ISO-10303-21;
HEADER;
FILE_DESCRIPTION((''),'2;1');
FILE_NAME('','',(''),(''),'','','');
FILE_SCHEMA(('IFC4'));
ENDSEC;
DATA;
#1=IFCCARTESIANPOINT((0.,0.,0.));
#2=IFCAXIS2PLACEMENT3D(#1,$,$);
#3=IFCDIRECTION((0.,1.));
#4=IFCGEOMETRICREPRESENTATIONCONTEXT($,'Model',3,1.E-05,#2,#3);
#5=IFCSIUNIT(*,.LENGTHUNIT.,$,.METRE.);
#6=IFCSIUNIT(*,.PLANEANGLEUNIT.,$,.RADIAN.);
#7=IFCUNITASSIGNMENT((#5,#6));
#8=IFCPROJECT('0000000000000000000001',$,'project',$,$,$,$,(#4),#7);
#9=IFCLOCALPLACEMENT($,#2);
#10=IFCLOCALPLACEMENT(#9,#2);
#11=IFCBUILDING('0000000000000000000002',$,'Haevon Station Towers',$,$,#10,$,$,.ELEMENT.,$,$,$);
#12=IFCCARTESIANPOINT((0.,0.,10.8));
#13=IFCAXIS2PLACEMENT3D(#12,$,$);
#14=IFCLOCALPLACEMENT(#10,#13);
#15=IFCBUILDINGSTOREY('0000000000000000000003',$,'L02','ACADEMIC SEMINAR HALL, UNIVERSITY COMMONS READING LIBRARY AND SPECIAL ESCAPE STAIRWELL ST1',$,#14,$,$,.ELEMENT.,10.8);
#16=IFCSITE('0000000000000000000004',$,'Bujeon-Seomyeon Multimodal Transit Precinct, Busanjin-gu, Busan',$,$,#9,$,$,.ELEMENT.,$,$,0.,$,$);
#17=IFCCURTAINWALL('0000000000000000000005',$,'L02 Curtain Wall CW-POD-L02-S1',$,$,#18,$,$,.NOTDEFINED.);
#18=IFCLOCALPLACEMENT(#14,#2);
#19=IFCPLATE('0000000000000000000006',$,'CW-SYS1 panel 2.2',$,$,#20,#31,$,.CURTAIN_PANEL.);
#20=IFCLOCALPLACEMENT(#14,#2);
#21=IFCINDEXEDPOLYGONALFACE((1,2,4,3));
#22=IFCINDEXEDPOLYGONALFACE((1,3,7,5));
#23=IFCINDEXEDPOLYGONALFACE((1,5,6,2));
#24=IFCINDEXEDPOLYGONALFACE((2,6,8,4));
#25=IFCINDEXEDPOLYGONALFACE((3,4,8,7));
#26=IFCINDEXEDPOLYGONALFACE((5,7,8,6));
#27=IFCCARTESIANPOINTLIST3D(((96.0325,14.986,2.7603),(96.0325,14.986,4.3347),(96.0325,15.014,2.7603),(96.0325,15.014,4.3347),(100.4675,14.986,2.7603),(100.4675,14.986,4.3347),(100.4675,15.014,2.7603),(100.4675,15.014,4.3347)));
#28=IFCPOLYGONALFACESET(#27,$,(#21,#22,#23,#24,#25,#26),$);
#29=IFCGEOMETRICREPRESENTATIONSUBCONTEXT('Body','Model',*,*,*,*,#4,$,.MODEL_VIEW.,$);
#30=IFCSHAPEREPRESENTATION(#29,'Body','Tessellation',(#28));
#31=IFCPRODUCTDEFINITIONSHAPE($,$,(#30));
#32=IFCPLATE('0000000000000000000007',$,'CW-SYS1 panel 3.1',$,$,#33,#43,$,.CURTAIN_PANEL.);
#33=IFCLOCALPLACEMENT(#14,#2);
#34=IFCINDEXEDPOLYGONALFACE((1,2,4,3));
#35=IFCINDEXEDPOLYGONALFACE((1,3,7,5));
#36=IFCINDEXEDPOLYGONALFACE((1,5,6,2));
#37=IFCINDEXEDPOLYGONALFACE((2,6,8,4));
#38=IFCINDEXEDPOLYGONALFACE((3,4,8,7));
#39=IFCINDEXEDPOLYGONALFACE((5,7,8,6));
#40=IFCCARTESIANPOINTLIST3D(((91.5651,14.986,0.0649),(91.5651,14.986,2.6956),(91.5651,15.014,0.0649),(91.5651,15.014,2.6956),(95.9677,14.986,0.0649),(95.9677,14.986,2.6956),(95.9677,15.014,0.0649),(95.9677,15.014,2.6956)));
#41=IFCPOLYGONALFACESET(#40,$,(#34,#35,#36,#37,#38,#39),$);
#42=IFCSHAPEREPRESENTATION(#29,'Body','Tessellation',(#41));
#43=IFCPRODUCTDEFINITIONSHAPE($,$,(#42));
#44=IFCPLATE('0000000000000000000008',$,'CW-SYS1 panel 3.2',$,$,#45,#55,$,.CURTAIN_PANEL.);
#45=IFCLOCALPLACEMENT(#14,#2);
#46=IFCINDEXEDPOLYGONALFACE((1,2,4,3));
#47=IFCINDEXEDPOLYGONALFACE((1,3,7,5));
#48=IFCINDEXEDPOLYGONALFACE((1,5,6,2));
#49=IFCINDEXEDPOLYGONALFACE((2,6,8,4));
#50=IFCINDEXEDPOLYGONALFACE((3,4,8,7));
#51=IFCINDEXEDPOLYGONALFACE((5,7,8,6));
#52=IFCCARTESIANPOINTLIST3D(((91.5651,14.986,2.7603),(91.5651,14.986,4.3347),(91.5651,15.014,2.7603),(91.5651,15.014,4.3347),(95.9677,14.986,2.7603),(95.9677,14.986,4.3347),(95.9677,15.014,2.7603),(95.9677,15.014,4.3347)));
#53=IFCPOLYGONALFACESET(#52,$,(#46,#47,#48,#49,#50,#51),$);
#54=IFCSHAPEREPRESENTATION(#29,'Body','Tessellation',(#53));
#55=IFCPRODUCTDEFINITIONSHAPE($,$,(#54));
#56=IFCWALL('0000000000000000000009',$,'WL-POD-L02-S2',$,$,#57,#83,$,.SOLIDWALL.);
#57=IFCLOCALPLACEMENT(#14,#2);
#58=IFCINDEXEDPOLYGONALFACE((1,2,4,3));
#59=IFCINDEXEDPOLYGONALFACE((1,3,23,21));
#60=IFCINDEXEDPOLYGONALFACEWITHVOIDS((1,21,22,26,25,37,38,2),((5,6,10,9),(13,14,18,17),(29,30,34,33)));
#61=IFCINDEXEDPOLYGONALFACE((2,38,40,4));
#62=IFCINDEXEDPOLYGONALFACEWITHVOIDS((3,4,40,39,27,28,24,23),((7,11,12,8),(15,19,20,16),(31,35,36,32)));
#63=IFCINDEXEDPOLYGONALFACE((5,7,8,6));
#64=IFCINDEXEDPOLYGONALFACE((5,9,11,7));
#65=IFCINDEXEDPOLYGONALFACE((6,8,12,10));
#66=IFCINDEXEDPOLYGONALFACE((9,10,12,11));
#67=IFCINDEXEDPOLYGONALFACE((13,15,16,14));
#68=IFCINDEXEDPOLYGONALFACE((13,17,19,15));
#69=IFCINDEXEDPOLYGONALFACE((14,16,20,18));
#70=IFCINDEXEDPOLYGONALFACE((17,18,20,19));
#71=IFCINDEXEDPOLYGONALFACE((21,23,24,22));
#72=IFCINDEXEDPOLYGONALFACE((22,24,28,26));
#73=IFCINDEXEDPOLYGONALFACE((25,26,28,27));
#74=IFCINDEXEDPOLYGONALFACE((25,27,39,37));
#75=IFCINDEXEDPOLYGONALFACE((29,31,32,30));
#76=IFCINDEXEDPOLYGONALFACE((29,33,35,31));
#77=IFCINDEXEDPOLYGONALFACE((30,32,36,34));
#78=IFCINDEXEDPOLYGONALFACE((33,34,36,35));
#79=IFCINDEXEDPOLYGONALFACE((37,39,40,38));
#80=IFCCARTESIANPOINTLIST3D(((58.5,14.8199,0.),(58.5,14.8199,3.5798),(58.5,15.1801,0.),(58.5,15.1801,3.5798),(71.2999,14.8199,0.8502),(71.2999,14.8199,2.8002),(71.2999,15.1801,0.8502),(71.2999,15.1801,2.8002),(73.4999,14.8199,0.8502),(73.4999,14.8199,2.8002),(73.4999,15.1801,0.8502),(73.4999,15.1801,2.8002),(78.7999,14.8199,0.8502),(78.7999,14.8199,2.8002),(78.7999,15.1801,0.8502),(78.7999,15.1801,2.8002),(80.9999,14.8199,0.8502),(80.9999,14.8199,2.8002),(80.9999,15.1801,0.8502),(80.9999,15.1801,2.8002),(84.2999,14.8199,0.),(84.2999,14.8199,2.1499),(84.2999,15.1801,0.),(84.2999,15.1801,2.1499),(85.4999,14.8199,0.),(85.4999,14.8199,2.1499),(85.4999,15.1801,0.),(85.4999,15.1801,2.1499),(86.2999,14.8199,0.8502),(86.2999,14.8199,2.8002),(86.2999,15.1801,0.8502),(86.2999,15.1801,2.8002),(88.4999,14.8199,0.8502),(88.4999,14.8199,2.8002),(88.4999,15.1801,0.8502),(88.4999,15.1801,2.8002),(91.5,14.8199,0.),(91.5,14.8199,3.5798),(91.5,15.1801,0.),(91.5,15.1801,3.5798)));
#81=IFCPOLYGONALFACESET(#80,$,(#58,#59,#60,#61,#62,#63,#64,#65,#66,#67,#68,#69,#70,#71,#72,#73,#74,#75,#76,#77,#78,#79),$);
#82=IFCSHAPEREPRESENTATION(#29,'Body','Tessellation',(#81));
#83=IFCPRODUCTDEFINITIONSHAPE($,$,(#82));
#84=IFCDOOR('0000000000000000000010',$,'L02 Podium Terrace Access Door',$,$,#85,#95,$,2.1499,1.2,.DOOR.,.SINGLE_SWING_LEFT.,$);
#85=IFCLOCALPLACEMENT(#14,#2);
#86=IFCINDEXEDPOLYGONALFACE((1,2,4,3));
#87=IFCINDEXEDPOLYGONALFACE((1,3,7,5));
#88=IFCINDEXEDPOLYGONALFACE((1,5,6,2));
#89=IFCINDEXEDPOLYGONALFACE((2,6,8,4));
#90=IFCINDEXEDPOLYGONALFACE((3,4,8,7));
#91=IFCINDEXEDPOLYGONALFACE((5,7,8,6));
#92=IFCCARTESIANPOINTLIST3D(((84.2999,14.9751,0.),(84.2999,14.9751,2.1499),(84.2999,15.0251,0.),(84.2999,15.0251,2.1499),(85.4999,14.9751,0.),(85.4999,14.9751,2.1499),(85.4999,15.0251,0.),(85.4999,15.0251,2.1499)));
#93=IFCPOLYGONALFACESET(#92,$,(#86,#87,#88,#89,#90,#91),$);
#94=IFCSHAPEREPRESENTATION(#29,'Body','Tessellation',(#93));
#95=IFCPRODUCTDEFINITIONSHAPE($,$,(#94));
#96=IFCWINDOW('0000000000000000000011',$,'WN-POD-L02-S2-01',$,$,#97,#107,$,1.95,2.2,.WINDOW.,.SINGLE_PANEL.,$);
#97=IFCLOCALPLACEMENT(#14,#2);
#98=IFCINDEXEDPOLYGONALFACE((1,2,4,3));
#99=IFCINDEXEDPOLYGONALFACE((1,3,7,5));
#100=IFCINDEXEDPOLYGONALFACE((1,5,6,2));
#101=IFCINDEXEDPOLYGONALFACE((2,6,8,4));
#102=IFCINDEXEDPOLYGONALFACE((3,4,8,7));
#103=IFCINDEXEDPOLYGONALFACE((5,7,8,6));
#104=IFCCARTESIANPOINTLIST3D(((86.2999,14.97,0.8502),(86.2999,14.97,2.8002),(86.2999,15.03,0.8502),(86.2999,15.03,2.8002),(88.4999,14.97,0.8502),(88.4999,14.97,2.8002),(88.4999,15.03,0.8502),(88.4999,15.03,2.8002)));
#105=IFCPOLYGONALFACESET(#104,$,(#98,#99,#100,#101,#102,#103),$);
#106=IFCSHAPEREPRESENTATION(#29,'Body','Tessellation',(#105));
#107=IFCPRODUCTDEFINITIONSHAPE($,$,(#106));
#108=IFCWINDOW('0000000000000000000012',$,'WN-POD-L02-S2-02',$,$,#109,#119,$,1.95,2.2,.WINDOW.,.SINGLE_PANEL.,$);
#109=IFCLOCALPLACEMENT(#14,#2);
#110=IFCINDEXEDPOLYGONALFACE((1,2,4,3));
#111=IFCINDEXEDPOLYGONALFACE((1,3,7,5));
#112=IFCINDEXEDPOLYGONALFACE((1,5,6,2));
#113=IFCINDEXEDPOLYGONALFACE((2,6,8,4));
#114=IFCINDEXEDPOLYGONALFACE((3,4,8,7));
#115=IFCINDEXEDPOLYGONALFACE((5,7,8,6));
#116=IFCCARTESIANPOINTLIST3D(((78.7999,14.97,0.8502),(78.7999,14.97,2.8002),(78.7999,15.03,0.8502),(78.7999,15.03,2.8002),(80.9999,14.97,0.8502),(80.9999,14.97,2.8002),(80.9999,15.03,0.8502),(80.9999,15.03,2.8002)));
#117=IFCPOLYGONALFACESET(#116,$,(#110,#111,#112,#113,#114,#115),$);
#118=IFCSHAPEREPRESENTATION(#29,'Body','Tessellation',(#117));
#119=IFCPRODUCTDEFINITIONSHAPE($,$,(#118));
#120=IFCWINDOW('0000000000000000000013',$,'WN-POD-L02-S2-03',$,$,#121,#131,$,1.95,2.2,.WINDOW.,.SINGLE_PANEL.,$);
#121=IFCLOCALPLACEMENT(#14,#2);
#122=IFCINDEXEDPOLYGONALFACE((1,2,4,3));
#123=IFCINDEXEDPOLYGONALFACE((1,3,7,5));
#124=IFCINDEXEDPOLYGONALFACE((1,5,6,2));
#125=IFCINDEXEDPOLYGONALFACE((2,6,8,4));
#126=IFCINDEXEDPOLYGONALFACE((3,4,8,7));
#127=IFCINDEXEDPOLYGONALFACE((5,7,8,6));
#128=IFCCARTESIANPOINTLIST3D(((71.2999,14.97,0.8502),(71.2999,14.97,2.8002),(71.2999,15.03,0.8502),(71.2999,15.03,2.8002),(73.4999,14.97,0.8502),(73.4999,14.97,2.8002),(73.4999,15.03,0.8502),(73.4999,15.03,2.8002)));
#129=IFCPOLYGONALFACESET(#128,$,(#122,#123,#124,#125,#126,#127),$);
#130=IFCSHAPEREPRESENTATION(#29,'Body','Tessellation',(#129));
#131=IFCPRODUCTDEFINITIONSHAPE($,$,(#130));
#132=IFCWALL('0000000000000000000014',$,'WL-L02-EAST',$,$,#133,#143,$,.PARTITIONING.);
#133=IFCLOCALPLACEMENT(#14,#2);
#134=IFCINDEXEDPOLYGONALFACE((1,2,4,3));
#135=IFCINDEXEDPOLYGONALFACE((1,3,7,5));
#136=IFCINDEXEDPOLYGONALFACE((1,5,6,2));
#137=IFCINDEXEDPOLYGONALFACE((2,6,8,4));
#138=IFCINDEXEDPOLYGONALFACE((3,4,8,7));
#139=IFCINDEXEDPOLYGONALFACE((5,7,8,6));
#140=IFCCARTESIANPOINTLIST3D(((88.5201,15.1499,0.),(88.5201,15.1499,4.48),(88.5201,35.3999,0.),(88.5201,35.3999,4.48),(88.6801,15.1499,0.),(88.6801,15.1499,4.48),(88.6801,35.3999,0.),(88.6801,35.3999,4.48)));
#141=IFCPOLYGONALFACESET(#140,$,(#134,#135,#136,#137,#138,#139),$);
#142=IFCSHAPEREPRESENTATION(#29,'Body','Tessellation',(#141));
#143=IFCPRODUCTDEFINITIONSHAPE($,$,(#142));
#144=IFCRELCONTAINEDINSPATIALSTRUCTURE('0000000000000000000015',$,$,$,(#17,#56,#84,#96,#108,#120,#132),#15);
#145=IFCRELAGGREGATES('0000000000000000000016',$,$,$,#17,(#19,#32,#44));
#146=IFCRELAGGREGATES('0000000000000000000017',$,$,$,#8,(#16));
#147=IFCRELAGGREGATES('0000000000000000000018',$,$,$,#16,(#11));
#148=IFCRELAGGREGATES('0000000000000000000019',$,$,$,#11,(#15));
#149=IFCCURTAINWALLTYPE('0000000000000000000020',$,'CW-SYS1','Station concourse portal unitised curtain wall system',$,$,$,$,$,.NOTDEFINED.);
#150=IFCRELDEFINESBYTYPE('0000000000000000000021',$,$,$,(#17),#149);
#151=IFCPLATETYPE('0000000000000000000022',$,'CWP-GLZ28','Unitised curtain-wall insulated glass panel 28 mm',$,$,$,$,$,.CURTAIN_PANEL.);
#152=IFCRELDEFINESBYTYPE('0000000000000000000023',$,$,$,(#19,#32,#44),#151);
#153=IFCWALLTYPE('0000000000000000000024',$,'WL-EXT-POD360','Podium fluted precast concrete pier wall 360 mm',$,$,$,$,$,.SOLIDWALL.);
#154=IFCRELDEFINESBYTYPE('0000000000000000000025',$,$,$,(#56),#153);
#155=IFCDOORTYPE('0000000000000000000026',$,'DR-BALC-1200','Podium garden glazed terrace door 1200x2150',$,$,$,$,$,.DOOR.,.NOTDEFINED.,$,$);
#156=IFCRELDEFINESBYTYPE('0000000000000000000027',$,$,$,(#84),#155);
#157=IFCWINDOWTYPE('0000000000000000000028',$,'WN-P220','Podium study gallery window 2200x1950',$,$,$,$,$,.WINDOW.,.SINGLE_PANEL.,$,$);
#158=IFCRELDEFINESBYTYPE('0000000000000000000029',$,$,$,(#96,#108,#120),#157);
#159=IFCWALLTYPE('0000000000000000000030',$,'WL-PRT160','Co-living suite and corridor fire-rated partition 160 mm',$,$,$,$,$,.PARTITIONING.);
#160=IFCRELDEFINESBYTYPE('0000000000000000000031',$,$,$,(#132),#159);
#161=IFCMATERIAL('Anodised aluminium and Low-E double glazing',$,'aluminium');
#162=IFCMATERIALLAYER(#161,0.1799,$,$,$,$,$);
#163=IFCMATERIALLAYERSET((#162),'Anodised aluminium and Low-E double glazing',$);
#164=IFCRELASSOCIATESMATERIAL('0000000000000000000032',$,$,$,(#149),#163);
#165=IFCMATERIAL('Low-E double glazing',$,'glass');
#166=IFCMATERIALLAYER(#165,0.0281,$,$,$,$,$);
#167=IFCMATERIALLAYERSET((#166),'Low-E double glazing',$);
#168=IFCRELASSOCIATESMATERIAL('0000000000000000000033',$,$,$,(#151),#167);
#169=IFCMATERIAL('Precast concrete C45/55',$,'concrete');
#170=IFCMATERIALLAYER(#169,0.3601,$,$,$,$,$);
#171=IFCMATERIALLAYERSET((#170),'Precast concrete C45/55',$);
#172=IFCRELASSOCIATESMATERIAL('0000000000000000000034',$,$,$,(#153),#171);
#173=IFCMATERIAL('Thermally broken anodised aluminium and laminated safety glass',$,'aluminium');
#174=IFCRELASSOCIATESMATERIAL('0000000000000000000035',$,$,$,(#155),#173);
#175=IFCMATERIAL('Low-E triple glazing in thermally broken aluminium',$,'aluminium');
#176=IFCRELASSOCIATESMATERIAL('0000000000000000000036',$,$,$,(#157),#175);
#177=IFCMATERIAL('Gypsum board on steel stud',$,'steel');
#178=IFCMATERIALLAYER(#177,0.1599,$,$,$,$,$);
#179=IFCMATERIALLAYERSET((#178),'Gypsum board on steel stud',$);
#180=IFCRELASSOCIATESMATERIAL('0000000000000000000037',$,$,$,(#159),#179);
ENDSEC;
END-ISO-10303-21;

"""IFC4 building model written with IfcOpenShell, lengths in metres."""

from ifc_helpers import new_model, si_unit, direction, frame, frame_2d, origin, origin_2d, place, context, subcontext, project, spatial, rectangle, extrude, material, layer, layer_set, type_object, element, fill, aggregate, save


model = new_model("IFC4")

# Units and contexts
model_context = context("Model", 3, precision=1e-05, world=origin(), true_north=direction((0.0, 1.0)))
body_context = subcontext(model_context, "Body", "Model", "MODEL_VIEW")
ifc_project = project(units=[si_unit("LENGTHUNIT", "METRE"), si_unit("PLANEANGLEUNIT", "RADIAN")], contexts=[model_context])

# Site, building, storey
site_placement = place(None, origin())
site = spatial("IfcSite", under=ifc_project, at=site_placement, Name="Bujeon-Seomyeon Multimodal Transit Precinct, Busanjin-gu, Busan", CompositionType="ELEMENT", RefElevation=0.0)
building_placement = place(site_placement, origin())
building = spatial("IfcBuilding", under=site, at=building_placement, Name="Haevon Station Towers", CompositionType="ELEMENT")
storey_placement = place(building_placement, frame((0.0, 0.0, 10.8)))
storey = spatial("IfcBuildingStorey", under=building, at=storey_placement, Name="L02", Description="ACADEMIC SEMINAR HALL, UNIVERSITY COMMONS READING LIBRARY AND SPECIAL ESCAPE STAIRWELL ST1", CompositionType="ELEMENT", Elevation=10.8)

# Curtain wall, plates
ifc_material_1 = material(Name="Anodised aluminium and Low-E double glazing", Category="aluminium")
ifc_layer_1 = layer(ifc_material_1, 0.1799)
ifc_layer_set_1 = layer_set([ifc_layer_1], Name="Anodised aluminium and Low-E double glazing")
curtain_wall_type = type_object("IfcCurtainWallType", Name="CW-SYS1", Description="Station concourse portal unitised curtain wall system", PredefinedType="NOTDEFINED", material=ifc_layer_set_1)
curtain_wall_placement = place(storey_placement, origin())
curtain_wall = element("IfcCurtainWall", 1, at=curtain_wall_placement, inside=storey, type_object=curtain_wall_type, Name="L02 Curtain Wall CW-POD-L02-S1", PredefinedType="NOTDEFINED")
ifc_material_2 = material(Name="Low-E double glazing", Category="glass")
ifc_layer_2 = layer(ifc_material_2, 0.0281)
ifc_layer_set_2 = layer_set([ifc_layer_2], Name="Low-E double glazing")
plate_type = type_object("IfcPlateType", Name="CWP-GLZ28", Description="Unitised curtain-wall insulated glass panel 28 mm", PredefinedType="CURTAIN_PANEL", material=ifc_layer_set_2)
plate_1_placement = place(storey_placement, frame((98.25, 15.0, 2.7603), z_axis=(0.0, 0.0, 1.0), x_axis=(-1.0, 0.0, 0.0)))
plate_1 = element("IfcPlate", 2, at=plate_1_placement, type_object=plate_type, Name="CW-SYS1 panel 2.2", PredefinedType="CURTAIN_PANEL", context=body_context, shape_type="SweptSolid", body=[
    extrude(rectangle(XDim=4.4351, YDim=0.0281, at=origin_2d()), origin(), (0.0, 0.0, 1.0), 1.5745),
])
plate_2_placement = place(storey_placement, frame((93.7664, 15.0, 0.0649), z_axis=(0.0, 0.0, 1.0), x_axis=(-1.0, 0.0, 0.0)))
plate_2 = element("IfcPlate", 3, at=plate_2_placement, type_object=plate_type, Name="CW-SYS1 panel 3.1", PredefinedType="CURTAIN_PANEL", context=body_context, shape_type="SweptSolid", body=[
    extrude(rectangle(XDim=4.4026, YDim=0.0281, at=origin_2d()), origin(), (0.0, 0.0, 1.0), 2.6306),
])
plate_3_placement = place(storey_placement, frame((93.7664, 15.0, 2.7603), z_axis=(0.0, 0.0, 1.0), x_axis=(-1.0, 0.0, 0.0)))
plate_3 = element("IfcPlate", 4, at=plate_3_placement, type_object=plate_type, Name="CW-SYS1 panel 3.2", PredefinedType="CURTAIN_PANEL", context=body_context, shape_type="SweptSolid", body=[
    extrude(rectangle(XDim=4.4026, YDim=0.0281, at=origin_2d()), origin(), (0.0, 0.0, 1.0), 1.5745),
])
aggregate(curtain_wall, [plate_1, plate_2, plate_3])

# Wall, openings, door, windows
ifc_material_3 = material(Name="Precast concrete C45/55", Category="concrete")
ifc_layer_3 = layer(ifc_material_3, 0.3601)
ifc_layer_set_3 = layer_set([ifc_layer_3], Name="Precast concrete C45/55")
wall_type_1 = type_object("IfcWallType", Name="WL-EXT-POD360", Description="Podium fluted precast concrete pier wall 360 mm", PredefinedType="SOLIDWALL", material=ifc_layer_set_3)
wall_1_placement = place(storey_placement, frame((91.5, 15.0, 0.0), z_axis=(0.0, 0.0, 1.0), x_axis=(-1.0, 0.0, 0.0)))
wall_1 = element("IfcWall", 5, at=wall_1_placement, inside=storey, type_object=wall_type_1, Name="WL-POD-L02-S2", PredefinedType="SOLIDWALL", context=body_context, shape_type="SweptSolid", body=[
    extrude(rectangle(XDim=33.0, YDim=0.3601, at=frame_2d((16.5, 0.0))), origin(), (0.0, 0.0, 1.0), 3.5798),
])
opening_1_placement = place(wall_1_placement, frame((3.0, 0.0, 0.8501)))
opening_1 = element("IfcOpeningElement", 6, at=opening_1_placement, cuts=wall_1, PredefinedType="OPENING", context=body_context, shape_type="SweptSolid", body=[
    extrude(rectangle(XDim=2.2, YDim=1.95, at=frame_2d((1.1001, 0.9751))), frame((0.0, 0.1899, 0.0), z_axis=(0.0, -1.0, 0.0), x_axis=(1.0, 0.0, 0.0)), (0.0, 0.0, 1.0), 0.3801),
])
opening_2_placement = place(wall_1_placement, frame((10.5, 0.0, 0.8501)))
opening_2 = element("IfcOpeningElement", 7, at=opening_2_placement, cuts=wall_1, PredefinedType="OPENING", context=body_context, shape_type="SweptSolid", body=[
    extrude(rectangle(XDim=2.2, YDim=1.95, at=frame_2d((1.1001, 0.9751))), frame((0.0, 0.1899, 0.0), z_axis=(0.0, -1.0, 0.0), x_axis=(1.0, 0.0, 0.0)), (0.0, 0.0, 1.0), 0.3801),
])
opening_3_placement = place(wall_1_placement, frame((18.0, 0.0, 0.8501)))
opening_3 = element("IfcOpeningElement", 8, at=opening_3_placement, cuts=wall_1, PredefinedType="OPENING", context=body_context, shape_type="SweptSolid", body=[
    extrude(rectangle(XDim=2.2, YDim=1.95, at=frame_2d((1.1001, 0.9751))), frame((0.0, 0.1899, 0.0), z_axis=(0.0, -1.0, 0.0), x_axis=(1.0, 0.0, 0.0)), (0.0, 0.0, 1.0), 0.3801),
])
opening_4_placement = place(wall_1_placement, frame((6.0, 0.0, 0.0)))
opening_4 = element("IfcOpeningElement", 9, at=opening_4_placement, cuts=wall_1, PredefinedType="OPENING", context=body_context, shape_type="SweptSolid", body=[
    extrude(rectangle(XDim=1.2, YDim=2.1499, at=frame_2d((0.6001, 1.075))), frame((0.0, 0.1899, 0.0), z_axis=(0.0, -1.0, 0.0), x_axis=(1.0, 0.0, 0.0)), (0.0, 0.0, 1.0), 0.3801),
])
ifc_material_4 = material(Name="Thermally broken anodised aluminium and laminated safety glass", Category="aluminium")
door_type = type_object("IfcDoorType", Name="DR-BALC-1200", Description="Podium garden glazed terrace door 1200x2150", OperationType="NOTDEFINED", PredefinedType="DOOR", material=ifc_material_4)
door_placement = place(opening_4_placement, origin())
door = element("IfcDoor", 10, at=door_placement, inside=storey, type_object=door_type, Name="L02 Podium Terrace Access Door", OperationType="SINGLE_SWING_LEFT", OverallHeight=2.1499, OverallWidth=1.2, PredefinedType="DOOR", context=body_context, shape_type="SweptSolid", body=[
    extrude(rectangle(XDim=1.2, YDim=2.1499, at=frame_2d((0.6001, 1.075))), frame((0.0, 0.0249, 0.0), z_axis=(0.0, -1.0, 0.0), x_axis=(1.0, 0.0, 0.0)), (0.0, 0.0, 1.0), 0.05),
])
fill(opening_4, door)
ifc_material_5 = material(Name="Low-E triple glazing in thermally broken aluminium", Category="aluminium")
window_type = type_object("IfcWindowType", Name="WN-P220", Description="Podium study gallery window 2200x1950", PartitioningType="SINGLE_PANEL", PredefinedType="WINDOW", material=ifc_material_5)
window_1_placement = place(opening_1_placement, origin())
window_1 = element("IfcWindow", 11, at=window_1_placement, inside=storey, type_object=window_type, Name="WN-POD-L02-S2-01", OverallHeight=1.95, OverallWidth=2.2, PartitioningType="SINGLE_PANEL", PredefinedType="WINDOW", context=body_context, shape_type="SweptSolid", body=[
    extrude(rectangle(XDim=2.2, YDim=1.95, at=frame_2d((1.1001, 0.9751))), frame((0.0, 0.03, 0.0), z_axis=(0.0, -1.0, 0.0), x_axis=(1.0, 0.0, 0.0)), (0.0, 0.0, 1.0), 0.0601),
])
fill(opening_1, window_1)
window_2_placement = place(opening_2_placement, origin())
window_2 = element("IfcWindow", 12, at=window_2_placement, inside=storey, type_object=window_type, Name="WN-POD-L02-S2-02", OverallHeight=1.95, OverallWidth=2.2, PartitioningType="SINGLE_PANEL", PredefinedType="WINDOW", context=body_context, shape_type="SweptSolid", body=[
    extrude(rectangle(XDim=2.2, YDim=1.95, at=frame_2d((1.1001, 0.9751))), frame((0.0, 0.03, 0.0), z_axis=(0.0, -1.0, 0.0), x_axis=(1.0, 0.0, 0.0)), (0.0, 0.0, 1.0), 0.0601),
])
fill(opening_2, window_2)
window_3_placement = place(opening_3_placement, origin())
window_3 = element("IfcWindow", 13, at=window_3_placement, inside=storey, type_object=window_type, Name="WN-POD-L02-S2-03", OverallHeight=1.95, OverallWidth=2.2, PartitioningType="SINGLE_PANEL", PredefinedType="WINDOW", context=body_context, shape_type="SweptSolid", body=[
    extrude(rectangle(XDim=2.2, YDim=1.95, at=frame_2d((1.1001, 0.9751))), frame((0.0, 0.03, 0.0), z_axis=(0.0, -1.0, 0.0), x_axis=(1.0, 0.0, 0.0)), (0.0, 0.0, 1.0), 0.0601),
])
fill(opening_3, window_3)

# Wall
ifc_material_6 = material(Name="Gypsum board on steel stud", Category="steel")
ifc_layer_4 = layer(ifc_material_6, 0.1599)
ifc_layer_set_4 = layer_set([ifc_layer_4], Name="Gypsum board on steel stud")
wall_type_2 = type_object("IfcWallType", Name="WL-PRT160", Description="Co-living suite and corridor fire-rated partition 160 mm", PredefinedType="PARTITIONING", material=ifc_layer_set_4)
wall_2_placement = place(storey_placement, frame((88.6001, 15.1499, 0.0), z_axis=(0.0, 0.0, 1.0), x_axis=(0.0, 1.0, 0.0)))
element("IfcWall", 14, at=wall_2_placement, inside=storey, type_object=wall_type_2, Name="WL-L02-EAST", PredefinedType="PARTITIONING", context=body_context, shape_type="SweptSolid", body=[
    extrude(rectangle(XDim=20.25, YDim=0.1599, at=frame_2d((10.125, 0.0))), origin(), (0.0, 0.0, 1.0), 4.48),
])

save(model, "model.ifc")
